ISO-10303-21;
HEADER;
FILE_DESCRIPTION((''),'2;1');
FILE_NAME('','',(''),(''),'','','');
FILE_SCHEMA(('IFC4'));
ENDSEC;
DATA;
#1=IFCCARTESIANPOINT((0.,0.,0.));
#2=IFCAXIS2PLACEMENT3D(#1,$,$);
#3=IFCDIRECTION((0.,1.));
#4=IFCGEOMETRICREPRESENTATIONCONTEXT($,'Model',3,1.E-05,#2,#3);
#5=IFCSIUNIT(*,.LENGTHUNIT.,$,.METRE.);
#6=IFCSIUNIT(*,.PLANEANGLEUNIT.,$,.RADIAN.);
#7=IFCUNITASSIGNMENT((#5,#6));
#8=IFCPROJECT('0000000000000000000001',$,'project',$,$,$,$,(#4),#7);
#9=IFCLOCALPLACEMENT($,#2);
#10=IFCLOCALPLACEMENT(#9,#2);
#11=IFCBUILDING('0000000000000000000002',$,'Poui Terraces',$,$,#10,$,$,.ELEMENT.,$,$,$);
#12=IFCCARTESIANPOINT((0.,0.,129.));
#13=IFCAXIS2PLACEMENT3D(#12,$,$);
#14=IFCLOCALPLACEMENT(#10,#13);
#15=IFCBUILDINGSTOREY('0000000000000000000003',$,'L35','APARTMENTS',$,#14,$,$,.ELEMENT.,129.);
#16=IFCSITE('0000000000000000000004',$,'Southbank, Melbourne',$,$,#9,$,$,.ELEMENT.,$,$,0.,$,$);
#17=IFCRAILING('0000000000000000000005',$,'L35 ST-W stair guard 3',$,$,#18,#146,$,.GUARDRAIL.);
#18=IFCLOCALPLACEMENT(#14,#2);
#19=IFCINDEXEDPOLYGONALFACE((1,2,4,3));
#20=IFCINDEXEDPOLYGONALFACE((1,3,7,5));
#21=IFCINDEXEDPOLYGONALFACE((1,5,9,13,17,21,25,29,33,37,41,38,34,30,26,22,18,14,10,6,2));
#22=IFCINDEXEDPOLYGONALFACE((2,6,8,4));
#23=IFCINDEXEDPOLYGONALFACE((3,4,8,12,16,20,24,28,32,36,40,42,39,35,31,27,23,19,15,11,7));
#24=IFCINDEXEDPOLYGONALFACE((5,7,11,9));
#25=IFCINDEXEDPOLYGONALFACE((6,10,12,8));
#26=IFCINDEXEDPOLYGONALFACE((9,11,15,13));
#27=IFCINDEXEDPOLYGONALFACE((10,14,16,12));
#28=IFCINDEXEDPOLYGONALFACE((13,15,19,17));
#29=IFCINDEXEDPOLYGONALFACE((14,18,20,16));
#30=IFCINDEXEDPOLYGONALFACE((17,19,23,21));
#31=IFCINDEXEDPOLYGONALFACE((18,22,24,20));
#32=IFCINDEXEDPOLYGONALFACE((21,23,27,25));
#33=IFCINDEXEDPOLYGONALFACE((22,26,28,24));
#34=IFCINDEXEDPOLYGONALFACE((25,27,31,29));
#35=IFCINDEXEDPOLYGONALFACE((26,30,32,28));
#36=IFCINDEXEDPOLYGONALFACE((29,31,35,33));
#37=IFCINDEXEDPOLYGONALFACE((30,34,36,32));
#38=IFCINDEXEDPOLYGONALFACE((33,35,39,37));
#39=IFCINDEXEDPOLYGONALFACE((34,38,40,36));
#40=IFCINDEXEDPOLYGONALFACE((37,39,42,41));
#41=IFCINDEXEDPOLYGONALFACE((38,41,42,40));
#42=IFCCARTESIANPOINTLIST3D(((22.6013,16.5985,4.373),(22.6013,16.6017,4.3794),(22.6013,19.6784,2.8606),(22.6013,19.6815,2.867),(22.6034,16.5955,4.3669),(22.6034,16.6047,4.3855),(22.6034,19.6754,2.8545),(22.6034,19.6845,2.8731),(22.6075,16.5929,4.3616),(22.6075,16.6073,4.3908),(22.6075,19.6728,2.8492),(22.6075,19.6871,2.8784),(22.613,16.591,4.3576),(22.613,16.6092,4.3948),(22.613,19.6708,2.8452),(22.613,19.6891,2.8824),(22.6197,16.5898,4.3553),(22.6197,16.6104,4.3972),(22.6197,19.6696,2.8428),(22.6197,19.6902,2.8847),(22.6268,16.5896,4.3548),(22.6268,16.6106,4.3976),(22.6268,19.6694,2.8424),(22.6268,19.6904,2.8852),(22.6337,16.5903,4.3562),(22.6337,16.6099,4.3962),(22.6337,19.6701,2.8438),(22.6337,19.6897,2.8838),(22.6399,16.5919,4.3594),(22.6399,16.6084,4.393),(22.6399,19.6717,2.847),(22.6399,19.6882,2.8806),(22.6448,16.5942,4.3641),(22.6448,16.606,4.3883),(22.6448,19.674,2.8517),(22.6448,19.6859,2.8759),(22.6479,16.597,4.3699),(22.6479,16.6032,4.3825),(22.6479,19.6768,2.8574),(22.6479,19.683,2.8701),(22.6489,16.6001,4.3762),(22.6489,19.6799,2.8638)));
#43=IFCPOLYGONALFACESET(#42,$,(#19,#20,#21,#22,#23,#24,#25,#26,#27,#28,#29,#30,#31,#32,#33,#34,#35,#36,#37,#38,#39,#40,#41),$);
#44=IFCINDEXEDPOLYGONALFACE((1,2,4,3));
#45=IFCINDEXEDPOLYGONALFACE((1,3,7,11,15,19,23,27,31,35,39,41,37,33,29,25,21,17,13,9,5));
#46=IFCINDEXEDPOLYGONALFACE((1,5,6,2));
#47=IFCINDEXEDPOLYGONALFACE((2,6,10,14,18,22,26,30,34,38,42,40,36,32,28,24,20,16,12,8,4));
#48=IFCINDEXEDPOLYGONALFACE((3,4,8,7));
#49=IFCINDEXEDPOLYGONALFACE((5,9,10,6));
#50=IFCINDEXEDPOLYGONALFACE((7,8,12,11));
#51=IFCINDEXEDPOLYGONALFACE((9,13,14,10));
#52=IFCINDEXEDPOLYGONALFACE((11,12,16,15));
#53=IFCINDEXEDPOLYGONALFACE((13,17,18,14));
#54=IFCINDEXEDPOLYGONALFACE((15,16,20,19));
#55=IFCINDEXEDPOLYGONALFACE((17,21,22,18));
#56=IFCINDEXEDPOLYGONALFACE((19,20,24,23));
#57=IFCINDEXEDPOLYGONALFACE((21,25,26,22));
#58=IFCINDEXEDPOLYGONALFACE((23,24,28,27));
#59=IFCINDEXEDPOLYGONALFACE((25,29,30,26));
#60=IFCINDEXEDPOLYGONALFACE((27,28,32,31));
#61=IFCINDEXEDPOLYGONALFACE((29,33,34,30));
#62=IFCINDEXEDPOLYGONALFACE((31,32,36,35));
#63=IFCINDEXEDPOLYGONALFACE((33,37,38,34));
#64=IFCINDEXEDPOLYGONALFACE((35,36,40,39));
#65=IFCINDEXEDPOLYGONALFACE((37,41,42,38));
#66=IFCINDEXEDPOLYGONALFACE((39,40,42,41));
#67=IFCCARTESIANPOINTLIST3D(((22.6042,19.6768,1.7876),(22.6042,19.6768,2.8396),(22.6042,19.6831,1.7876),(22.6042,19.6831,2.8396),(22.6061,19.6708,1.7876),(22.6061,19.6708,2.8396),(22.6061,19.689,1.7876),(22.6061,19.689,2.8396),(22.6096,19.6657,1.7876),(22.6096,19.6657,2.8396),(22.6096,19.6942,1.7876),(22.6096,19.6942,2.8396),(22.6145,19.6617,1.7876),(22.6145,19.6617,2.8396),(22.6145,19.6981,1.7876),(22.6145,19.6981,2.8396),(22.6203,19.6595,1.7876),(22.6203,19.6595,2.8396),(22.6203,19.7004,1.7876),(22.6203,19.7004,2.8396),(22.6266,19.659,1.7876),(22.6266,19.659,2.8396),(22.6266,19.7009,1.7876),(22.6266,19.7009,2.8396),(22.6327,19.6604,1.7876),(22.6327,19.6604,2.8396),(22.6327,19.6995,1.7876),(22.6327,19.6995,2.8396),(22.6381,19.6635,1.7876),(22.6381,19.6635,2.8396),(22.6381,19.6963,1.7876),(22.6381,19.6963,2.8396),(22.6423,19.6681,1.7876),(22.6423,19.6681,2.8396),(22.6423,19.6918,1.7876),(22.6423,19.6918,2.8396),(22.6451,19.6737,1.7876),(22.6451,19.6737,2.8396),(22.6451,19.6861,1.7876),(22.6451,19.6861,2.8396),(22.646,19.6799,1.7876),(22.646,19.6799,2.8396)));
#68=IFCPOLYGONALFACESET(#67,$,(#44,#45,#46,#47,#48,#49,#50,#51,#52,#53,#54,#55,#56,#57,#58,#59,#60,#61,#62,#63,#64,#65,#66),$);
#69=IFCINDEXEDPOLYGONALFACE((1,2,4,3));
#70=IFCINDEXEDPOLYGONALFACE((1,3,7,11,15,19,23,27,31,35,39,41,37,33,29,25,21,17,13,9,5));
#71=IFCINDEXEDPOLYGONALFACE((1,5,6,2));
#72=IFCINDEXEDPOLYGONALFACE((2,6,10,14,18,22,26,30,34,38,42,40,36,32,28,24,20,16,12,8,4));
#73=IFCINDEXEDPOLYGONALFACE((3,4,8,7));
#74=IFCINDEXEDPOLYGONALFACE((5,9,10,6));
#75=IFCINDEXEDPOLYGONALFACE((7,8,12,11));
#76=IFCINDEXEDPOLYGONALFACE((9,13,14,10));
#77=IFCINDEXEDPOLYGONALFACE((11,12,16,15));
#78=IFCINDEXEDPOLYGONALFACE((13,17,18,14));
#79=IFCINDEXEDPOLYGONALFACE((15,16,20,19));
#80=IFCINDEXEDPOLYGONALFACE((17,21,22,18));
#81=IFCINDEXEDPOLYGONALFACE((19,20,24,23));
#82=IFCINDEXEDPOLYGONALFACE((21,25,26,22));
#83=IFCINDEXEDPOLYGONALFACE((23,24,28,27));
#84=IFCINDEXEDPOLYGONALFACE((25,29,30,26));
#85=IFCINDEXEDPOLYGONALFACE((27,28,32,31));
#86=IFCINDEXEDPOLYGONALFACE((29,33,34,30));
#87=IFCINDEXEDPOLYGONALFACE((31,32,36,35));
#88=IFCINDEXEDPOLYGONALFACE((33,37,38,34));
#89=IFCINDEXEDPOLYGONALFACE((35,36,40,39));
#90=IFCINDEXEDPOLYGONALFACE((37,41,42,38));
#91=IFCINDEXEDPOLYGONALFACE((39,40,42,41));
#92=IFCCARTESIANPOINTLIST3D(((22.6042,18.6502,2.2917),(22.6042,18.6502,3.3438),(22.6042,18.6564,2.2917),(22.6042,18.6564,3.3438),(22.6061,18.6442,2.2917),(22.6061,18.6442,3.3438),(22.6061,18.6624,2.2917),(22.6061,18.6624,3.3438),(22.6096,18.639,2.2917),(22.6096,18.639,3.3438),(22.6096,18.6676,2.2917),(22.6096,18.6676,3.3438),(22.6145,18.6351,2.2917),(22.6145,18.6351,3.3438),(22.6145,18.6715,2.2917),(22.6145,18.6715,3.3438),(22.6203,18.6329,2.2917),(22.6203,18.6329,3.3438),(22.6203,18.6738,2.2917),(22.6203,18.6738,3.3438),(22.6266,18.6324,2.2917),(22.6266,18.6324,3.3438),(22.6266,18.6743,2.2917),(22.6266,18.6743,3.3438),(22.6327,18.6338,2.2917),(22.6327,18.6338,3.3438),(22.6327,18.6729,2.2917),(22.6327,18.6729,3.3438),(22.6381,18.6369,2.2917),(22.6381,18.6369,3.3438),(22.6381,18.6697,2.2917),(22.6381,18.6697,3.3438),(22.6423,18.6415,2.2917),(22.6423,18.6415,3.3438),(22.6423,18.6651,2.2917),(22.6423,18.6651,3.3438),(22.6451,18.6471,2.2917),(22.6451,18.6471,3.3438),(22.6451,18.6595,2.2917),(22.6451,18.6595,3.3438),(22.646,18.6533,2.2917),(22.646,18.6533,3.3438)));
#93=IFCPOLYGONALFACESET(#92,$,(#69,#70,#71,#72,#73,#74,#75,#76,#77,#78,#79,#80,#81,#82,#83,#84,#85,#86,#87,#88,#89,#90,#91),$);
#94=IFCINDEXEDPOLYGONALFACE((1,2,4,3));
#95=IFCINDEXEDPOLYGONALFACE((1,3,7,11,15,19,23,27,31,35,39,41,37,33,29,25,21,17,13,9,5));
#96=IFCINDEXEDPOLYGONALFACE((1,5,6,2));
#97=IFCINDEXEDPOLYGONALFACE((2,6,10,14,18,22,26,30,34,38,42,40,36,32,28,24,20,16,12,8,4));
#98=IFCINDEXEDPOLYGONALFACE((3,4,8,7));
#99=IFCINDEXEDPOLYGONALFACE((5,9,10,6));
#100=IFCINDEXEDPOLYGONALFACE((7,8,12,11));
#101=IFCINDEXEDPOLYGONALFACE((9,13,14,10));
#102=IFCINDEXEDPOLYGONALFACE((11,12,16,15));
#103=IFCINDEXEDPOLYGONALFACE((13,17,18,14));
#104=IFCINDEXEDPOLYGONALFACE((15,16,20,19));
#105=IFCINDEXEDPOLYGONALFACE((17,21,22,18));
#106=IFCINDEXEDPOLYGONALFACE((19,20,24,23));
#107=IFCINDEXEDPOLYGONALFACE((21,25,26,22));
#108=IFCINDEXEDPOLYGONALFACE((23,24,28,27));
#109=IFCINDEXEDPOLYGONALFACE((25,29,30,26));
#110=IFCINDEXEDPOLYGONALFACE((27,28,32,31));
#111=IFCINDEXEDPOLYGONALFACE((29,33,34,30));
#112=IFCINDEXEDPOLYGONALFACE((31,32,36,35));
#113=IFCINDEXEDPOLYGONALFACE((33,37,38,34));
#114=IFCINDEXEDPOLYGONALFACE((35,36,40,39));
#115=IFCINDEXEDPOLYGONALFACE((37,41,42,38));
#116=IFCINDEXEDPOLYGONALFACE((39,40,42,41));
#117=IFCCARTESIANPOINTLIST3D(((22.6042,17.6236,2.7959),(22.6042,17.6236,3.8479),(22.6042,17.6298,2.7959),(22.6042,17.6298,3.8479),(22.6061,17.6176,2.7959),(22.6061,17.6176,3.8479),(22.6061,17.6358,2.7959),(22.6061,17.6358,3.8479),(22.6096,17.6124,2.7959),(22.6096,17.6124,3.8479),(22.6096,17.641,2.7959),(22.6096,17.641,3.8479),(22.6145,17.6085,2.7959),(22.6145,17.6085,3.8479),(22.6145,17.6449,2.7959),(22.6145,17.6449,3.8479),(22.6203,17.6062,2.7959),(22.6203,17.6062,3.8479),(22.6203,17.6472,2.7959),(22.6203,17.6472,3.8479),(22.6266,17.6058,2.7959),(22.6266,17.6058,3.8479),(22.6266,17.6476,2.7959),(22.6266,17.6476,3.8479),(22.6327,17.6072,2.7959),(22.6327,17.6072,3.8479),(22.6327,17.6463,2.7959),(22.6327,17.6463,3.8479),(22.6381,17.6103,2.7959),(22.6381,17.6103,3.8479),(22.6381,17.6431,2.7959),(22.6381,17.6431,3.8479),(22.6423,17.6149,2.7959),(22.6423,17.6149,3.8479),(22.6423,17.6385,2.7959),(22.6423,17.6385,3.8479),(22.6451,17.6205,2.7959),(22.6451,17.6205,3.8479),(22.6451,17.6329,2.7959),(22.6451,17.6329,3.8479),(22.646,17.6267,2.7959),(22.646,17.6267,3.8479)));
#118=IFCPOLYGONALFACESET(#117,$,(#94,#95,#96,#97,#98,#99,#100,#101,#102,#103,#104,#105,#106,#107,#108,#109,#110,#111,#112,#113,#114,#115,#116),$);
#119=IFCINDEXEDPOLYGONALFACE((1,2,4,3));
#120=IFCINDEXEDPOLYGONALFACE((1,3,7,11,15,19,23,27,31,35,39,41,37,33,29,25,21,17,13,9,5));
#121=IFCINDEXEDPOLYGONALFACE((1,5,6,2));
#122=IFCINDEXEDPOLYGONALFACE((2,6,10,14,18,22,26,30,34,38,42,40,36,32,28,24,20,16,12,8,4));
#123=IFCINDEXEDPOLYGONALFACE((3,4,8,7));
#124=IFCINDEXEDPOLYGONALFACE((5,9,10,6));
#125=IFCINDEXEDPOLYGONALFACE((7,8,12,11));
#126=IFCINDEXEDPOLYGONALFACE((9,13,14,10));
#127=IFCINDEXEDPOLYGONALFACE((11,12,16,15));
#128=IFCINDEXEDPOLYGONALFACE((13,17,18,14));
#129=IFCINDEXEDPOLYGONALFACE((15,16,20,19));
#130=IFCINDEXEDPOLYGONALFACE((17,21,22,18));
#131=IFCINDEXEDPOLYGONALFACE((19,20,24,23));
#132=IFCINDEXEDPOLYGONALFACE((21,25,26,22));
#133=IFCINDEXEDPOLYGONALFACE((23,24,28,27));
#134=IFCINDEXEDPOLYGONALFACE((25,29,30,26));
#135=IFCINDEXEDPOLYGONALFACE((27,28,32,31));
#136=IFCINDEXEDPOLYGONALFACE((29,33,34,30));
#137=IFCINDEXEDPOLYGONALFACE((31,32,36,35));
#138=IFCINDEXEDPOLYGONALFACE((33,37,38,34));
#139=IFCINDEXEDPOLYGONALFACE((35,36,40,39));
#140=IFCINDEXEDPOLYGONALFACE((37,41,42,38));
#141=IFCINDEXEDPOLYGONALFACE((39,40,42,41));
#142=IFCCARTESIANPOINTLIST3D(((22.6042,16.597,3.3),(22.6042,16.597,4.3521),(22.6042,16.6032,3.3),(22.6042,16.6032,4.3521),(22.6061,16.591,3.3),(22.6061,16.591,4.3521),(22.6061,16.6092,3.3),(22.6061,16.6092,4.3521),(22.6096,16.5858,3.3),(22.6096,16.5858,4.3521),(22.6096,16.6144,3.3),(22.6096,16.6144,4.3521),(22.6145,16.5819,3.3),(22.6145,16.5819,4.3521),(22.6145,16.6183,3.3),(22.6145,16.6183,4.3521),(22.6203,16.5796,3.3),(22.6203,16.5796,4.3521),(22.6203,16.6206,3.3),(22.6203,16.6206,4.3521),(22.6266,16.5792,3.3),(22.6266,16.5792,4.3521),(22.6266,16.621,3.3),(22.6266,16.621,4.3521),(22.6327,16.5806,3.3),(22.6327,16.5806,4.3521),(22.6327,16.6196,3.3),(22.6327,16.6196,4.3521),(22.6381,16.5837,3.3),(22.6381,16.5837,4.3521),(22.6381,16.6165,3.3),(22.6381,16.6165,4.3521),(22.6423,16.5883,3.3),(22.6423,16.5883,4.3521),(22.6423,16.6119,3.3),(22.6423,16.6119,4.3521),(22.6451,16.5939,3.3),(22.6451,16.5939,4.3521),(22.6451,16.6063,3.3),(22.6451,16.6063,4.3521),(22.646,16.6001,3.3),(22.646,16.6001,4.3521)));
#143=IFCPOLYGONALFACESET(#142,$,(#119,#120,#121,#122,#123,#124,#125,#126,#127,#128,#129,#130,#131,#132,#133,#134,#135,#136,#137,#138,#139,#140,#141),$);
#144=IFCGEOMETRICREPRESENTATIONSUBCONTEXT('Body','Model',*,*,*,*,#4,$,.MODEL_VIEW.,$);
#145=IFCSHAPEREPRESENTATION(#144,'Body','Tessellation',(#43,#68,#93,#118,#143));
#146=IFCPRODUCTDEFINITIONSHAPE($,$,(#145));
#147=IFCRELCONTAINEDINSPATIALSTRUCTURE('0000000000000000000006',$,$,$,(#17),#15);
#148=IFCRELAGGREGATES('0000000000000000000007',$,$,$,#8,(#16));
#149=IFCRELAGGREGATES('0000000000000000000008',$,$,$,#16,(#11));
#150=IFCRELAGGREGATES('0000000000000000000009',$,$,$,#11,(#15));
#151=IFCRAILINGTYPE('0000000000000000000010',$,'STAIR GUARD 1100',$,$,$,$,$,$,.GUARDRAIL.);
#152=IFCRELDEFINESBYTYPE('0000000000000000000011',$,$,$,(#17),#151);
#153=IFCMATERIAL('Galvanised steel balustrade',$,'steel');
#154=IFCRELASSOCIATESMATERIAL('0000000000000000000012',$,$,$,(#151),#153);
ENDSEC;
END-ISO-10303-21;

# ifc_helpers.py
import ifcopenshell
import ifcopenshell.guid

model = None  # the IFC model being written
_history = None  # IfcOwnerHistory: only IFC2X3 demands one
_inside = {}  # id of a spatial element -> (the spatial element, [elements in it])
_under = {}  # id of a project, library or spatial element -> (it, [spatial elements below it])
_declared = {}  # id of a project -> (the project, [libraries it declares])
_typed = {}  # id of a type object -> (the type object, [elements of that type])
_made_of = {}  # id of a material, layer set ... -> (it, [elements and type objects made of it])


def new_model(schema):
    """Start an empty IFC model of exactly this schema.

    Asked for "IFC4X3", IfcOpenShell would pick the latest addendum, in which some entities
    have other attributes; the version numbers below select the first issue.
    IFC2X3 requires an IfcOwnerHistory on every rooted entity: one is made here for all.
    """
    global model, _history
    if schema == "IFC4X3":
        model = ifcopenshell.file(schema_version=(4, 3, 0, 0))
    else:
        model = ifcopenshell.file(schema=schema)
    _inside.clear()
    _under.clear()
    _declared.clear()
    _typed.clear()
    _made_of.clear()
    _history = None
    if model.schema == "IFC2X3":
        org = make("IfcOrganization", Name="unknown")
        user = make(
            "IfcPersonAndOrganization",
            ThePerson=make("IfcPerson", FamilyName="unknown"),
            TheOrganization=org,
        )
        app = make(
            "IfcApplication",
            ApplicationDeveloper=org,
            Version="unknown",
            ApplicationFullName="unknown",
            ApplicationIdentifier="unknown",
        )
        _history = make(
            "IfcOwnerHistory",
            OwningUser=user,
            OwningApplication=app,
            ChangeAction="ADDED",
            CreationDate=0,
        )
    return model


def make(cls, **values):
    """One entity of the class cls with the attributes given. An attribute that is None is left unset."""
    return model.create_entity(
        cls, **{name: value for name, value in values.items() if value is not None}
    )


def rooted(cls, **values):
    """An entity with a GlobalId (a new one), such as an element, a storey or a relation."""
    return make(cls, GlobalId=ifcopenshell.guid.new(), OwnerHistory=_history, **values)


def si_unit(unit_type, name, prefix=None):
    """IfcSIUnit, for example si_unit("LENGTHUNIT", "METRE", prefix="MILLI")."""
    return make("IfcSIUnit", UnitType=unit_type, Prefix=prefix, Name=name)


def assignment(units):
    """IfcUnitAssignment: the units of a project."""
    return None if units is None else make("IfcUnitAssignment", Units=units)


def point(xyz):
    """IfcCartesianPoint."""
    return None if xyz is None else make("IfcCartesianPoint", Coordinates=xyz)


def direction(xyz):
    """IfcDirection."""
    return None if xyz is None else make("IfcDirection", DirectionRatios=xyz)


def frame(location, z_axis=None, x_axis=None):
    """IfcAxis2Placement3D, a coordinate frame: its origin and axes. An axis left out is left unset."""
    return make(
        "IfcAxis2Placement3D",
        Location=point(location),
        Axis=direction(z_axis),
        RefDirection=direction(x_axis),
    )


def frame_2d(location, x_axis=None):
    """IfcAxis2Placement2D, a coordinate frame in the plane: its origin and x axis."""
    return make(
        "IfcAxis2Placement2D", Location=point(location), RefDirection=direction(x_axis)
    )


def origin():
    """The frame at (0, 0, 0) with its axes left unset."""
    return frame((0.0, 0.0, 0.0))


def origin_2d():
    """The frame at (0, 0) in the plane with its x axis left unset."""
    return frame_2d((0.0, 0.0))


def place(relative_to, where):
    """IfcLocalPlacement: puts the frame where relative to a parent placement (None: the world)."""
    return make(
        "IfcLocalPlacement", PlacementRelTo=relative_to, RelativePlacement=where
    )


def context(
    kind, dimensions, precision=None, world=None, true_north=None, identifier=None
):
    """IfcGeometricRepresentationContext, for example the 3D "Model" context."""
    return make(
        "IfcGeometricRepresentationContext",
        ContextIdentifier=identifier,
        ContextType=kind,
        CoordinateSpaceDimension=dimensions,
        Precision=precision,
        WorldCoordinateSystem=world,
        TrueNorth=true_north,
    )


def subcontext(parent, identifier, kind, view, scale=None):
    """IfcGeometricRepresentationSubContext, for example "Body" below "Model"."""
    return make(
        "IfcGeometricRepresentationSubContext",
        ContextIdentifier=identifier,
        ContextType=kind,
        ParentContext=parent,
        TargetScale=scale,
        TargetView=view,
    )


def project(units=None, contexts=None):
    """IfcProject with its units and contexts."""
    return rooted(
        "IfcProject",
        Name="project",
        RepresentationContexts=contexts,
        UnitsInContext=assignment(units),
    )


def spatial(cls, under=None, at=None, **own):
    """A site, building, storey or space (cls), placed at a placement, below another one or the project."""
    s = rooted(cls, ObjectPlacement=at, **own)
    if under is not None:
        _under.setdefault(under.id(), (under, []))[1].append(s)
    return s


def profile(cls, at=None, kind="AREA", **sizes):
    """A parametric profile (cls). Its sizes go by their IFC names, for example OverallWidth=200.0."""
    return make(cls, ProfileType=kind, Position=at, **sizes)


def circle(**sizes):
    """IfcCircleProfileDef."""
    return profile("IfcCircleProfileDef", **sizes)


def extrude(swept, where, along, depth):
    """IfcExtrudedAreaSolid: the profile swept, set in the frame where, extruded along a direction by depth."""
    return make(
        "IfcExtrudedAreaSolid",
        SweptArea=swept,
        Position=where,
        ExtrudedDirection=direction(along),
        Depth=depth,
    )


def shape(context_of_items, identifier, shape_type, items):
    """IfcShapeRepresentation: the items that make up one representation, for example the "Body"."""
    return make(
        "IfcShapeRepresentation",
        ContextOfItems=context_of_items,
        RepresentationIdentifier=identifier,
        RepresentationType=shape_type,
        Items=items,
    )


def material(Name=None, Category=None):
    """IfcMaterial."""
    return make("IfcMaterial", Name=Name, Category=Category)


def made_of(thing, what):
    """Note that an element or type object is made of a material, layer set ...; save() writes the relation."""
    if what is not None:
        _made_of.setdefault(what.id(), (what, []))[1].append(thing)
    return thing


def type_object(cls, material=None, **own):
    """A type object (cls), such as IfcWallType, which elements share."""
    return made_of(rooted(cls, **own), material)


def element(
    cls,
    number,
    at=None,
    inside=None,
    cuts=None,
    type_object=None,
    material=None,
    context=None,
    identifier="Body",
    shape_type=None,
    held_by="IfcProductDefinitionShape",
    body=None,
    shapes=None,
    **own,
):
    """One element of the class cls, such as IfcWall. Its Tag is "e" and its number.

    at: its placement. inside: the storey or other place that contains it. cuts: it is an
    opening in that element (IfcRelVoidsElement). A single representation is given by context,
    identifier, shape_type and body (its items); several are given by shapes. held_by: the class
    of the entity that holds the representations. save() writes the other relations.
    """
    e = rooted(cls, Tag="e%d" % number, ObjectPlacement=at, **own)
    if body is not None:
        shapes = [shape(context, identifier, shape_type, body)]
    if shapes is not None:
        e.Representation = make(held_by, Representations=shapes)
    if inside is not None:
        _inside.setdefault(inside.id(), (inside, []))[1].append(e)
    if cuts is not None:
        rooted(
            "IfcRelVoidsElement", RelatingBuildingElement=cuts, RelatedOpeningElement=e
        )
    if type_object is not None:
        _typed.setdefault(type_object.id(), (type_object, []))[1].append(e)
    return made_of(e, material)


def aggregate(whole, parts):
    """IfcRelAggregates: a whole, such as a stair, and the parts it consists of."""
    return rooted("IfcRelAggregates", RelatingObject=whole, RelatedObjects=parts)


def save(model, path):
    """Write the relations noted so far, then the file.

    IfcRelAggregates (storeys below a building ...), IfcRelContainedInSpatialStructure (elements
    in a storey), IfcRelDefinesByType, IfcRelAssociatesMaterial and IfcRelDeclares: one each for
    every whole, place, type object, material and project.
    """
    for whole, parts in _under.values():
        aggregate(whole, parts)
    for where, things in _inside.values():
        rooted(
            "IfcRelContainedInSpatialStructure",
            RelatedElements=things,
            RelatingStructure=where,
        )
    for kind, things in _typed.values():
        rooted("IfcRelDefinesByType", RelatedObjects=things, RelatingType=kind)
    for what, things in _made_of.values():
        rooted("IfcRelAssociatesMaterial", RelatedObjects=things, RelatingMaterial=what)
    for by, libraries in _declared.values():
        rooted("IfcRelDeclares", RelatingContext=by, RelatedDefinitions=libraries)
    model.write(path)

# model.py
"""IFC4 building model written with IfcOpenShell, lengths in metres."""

from ifc_helpers import new_model, si_unit, direction, frame, origin, origin_2d, place, context, subcontext, project, spatial, circle, extrude, material, type_object, element, save


model = new_model("IFC4")

# Units and contexts
model_context = context("Model", 3, precision=1e-05, world=origin(), true_north=direction((0.0, 1.0)))
body_context = subcontext(model_context, "Body", "Model", "MODEL_VIEW")
ifc_project = project(units=[si_unit("LENGTHUNIT", "METRE"), si_unit("PLANEANGLEUNIT", "RADIAN")], contexts=[model_context])

# Site, building, storey
site_placement = place(None, origin())
site = spatial("IfcSite", under=ifc_project, at=site_placement, Name="Southbank, Melbourne", CompositionType="ELEMENT", RefElevation=0.0)
building_placement = place(site_placement, origin())
building = spatial("IfcBuilding", under=site, at=building_placement, Name="Poui Terraces", CompositionType="ELEMENT")
storey_placement = place(building_placement, frame((0.0, 0.0, 129.0)))
storey = spatial("IfcBuildingStorey", under=building, at=storey_placement, Name="L35", Description="APARTMENTS", CompositionType="ELEMENT", Elevation=129.0)

# Railing
ifc_material_1 = material(Name="Galvanised steel balustrade", Category="steel")
railing_type_1 = type_object("IfcRailingType", Name="STAIR GUARD 1100", PredefinedType="GUARDRAIL", material=ifc_material_1)
railing_1_placement = place(storey_placement, frame((22.625, 19.6799, 1.7876)))
element("IfcRailing", 1, at=railing_1_placement, inside=storey, type_object=railing_type_1, Name="L35 ST-W stair guard 3", PredefinedType="GUARDRAIL", context=body_context, shape_type="SweptSolid", body=[
    extrude(circle(Radius=0.0239, at=origin_2d()), frame((0.0, 0.0, 1.0762), z_axis=(0.0, -0.897606, 0.440798), x_axis=(1.0, 0.0, 0.0)), (0.0, 0.0, 1.0), 3.4312),
    extrude(circle(Radius=0.021, at=origin_2d()), origin(), (0.0, 0.0, 1.0), 1.052),
    extrude(circle(Radius=0.021, at=origin_2d()), frame((0.0, -1.0266, 0.5042)), (0.0, 0.0, 1.0), 1.052),
    extrude(circle(Radius=0.021, at=origin_2d()), frame((0.0, -2.0532, 1.0083)), (0.0, 0.0, 1.0), 1.052),
    extrude(circle(Radius=0.021, at=origin_2d()), frame((0.0, -3.0798, 1.5125)), (0.0, 0.0, 1.0), 1.052),
])

save(model, "model.ifc")
